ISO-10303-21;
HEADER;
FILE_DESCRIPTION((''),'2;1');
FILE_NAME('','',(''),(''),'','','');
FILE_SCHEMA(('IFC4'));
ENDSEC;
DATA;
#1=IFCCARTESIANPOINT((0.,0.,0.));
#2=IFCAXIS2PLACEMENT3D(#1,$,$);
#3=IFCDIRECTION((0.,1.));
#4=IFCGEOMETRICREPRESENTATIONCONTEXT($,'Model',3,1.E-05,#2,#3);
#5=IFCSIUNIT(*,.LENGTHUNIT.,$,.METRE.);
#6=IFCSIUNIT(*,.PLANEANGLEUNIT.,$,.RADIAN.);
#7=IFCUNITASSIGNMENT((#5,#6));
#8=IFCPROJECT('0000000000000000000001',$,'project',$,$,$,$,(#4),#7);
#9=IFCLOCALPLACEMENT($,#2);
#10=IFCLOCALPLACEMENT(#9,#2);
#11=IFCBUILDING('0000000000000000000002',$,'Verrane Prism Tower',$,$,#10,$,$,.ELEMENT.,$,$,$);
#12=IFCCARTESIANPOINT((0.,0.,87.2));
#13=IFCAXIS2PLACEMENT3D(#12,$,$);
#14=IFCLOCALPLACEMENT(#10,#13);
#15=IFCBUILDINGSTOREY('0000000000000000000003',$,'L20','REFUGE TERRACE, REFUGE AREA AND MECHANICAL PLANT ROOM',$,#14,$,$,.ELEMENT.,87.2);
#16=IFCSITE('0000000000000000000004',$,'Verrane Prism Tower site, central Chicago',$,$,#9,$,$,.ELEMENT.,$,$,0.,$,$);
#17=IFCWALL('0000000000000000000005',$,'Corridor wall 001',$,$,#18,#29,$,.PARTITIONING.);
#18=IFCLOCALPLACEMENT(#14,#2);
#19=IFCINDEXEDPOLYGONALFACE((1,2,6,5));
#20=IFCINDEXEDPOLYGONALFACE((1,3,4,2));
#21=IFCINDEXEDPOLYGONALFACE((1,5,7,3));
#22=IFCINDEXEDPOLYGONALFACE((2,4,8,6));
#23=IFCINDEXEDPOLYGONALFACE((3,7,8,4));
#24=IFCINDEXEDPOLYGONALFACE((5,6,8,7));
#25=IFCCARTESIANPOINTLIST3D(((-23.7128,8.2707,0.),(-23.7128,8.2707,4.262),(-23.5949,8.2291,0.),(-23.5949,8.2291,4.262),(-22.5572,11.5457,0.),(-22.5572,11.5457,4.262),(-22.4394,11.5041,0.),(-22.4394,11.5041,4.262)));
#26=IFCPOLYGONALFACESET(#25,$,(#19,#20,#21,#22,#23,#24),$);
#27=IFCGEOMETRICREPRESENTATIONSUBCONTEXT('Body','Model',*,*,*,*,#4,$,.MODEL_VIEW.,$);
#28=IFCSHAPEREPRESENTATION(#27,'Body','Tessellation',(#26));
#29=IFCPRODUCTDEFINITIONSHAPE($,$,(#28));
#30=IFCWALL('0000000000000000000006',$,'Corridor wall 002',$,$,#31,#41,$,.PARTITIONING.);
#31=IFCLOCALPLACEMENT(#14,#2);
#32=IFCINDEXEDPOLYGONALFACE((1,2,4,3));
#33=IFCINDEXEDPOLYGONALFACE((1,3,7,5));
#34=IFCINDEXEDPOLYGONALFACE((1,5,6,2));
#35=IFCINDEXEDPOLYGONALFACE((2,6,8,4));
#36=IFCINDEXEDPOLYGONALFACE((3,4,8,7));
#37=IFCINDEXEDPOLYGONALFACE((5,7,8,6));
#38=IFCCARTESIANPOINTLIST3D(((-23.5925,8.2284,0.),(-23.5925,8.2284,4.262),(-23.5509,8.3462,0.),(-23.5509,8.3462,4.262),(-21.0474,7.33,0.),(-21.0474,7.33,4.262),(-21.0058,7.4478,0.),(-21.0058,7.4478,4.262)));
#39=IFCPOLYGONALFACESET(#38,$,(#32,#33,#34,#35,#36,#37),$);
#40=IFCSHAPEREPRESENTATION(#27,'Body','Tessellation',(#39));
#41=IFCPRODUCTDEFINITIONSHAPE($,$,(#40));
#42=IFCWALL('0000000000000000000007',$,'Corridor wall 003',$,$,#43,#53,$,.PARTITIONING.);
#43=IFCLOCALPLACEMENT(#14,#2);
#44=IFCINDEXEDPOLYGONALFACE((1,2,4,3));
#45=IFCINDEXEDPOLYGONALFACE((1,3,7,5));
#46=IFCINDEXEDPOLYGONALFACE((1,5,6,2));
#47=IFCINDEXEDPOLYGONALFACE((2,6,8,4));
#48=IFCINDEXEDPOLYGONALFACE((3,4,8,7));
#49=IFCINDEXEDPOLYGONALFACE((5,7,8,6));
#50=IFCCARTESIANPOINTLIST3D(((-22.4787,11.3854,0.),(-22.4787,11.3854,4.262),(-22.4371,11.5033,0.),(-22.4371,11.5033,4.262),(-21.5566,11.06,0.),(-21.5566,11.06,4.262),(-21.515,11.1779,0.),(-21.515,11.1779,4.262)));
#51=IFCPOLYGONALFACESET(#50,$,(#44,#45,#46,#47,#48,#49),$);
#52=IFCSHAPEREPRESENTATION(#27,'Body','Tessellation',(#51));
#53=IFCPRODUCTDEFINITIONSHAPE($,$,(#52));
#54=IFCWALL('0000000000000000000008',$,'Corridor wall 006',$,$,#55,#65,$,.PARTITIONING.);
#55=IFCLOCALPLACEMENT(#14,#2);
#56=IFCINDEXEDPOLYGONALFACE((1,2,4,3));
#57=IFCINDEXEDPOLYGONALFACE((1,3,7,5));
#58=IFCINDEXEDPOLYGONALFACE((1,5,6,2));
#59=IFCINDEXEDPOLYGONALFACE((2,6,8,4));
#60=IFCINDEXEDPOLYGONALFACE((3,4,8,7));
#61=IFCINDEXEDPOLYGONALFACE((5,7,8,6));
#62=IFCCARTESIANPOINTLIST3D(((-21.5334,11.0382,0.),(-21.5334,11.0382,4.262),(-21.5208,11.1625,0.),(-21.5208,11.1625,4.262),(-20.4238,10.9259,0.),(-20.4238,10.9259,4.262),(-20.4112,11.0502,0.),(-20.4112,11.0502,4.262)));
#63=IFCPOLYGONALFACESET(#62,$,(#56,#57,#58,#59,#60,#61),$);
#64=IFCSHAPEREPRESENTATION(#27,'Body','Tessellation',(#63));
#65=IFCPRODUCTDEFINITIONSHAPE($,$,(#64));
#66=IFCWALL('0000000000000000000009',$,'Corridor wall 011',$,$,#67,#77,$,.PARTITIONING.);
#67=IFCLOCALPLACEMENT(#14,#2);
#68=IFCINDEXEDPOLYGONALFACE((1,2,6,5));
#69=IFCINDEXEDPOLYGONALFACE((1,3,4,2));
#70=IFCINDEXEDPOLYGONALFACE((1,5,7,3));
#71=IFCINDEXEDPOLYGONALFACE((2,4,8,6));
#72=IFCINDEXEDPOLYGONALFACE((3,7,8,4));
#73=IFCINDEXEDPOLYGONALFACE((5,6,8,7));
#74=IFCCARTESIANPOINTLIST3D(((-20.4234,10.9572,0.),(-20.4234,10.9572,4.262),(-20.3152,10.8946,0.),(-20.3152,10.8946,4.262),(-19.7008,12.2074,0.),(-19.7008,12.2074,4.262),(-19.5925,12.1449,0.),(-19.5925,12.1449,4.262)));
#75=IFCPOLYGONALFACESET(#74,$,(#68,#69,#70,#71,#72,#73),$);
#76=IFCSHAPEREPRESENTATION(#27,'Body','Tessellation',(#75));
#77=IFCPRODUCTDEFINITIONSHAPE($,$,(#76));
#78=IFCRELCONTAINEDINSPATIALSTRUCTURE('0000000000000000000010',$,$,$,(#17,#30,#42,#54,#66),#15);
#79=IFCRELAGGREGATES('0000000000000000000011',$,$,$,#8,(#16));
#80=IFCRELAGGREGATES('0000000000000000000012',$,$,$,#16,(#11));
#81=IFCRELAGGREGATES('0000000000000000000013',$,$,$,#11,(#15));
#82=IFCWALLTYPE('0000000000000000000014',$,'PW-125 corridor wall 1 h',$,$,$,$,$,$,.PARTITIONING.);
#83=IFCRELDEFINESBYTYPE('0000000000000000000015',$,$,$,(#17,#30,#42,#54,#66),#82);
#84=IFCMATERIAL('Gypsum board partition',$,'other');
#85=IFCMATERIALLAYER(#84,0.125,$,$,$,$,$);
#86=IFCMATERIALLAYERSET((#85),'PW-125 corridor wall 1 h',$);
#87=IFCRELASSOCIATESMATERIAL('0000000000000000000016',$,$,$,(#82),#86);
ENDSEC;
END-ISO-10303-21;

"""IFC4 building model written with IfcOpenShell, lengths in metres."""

from ifc_helpers import new_model, si_unit, direction, frame, frame_2d, origin, place, context, subcontext, project, spatial, rectangle, extrude, material, layer, layer_set, type_object, element, save


model = new_model("IFC4")

# Units and contexts
model_context = context("Model", 3, precision=1e-05, world=origin(), true_north=direction((0.0, 1.0)))
body_context = subcontext(model_context, "Body", "Model", "MODEL_VIEW")
ifc_project = project(units=[si_unit("LENGTHUNIT", "METRE"), si_unit("PLANEANGLEUNIT", "RADIAN")], contexts=[model_context])

# Site, building, storey
site_placement = place(None, origin())
site = spatial("IfcSite", under=ifc_project, at=site_placement, Name="Verrane Prism Tower site, central Chicago", CompositionType="ELEMENT", RefElevation=0.0)
building_placement = place(site_placement, origin())
building = spatial("IfcBuilding", under=site, at=building_placement, Name="Verrane Prism Tower", CompositionType="ELEMENT")
storey_placement = place(building_placement, frame((0.0, 0.0, 87.2)))
storey = spatial("IfcBuildingStorey", under=building, at=storey_placement, Name="L20", Description="REFUGE TERRACE, REFUGE AREA AND MECHANICAL PLANT ROOM", CompositionType="ELEMENT", Elevation=87.2)

# Walls
ifc_material_1 = material(Name="Gypsum board partition", Category="other")
ifc_layer_1 = layer(ifc_material_1, 0.125)
ifc_layer_set_1 = layer_set([ifc_layer_1], Name="PW-125 corridor wall 1 h")
wall_type_1 = type_object("IfcWallType", Name="PW-125 corridor wall 1 h", PredefinedType="PARTITIONING", material=ifc_layer_set_1)
wall_1_placement = place(storey_placement, frame((-23.6538, 8.25, 0.0), z_axis=(0.0, 0.0, 1.0), x_axis=(0.332736, 0.94302, 0.0)))
element("IfcWall", 1, at=wall_1_placement, inside=storey, type_object=wall_type_1, Name="Corridor wall 001", PredefinedType="PARTITIONING", context=body_context, shape_type="SweptSolid", body=[
    extrude(rectangle(XDim=3.4729, YDim=0.125, at=frame_2d((1.7363, 0.0))), origin(), (0.0, 0.0, 1.0), 4.262),
])
wall_2_placement = place(storey_placement, frame((-23.5718, 8.2874, 0.0), z_axis=(0.0, 0.0, 1.0), x_axis=(0.942974, -0.332867, 0.0)))
element("IfcWall", 2, at=wall_2_placement, inside=storey, type_object=wall_type_1, Name="Corridor wall 002", PredefinedType="PARTITIONING", context=body_context, shape_type="SweptSolid", body=[
    extrude(rectangle(XDim=2.699, YDim=0.125, at=frame_2d((1.3496, 0.0))), origin(), (0.0, 0.0, 1.0), 4.262),
])
wall_3_placement = place(storey_placement, frame((-22.4578, 11.4443, 0.0), z_axis=(0.0, 0.0, 1.0), x_axis=(0.942995, -0.332807, 0.0)))
element("IfcWall", 3, at=wall_3_placement, inside=storey, type_object=wall_type_1, Name="Corridor wall 003", PredefinedType="PARTITIONING", context=body_context, shape_type="SweptSolid", body=[
    extrude(rectangle(XDim=0.9778, YDim=0.125, at=frame_2d((0.4888, 0.0))), origin(), (0.0, 0.0, 1.0), 4.262),
])
wall_4_placement = place(storey_placement, frame((-21.5271, 11.1003, 0.0), z_axis=(0.0, 0.0, 1.0), x_axis=(0.994917, -0.100696, 0.0)))
element("IfcWall", 4, at=wall_4_placement, inside=storey, type_object=wall_type_1, Name="Corridor wall 006", PredefinedType="PARTITIONING", context=body_context, shape_type="SweptSolid", body=[
    extrude(rectangle(XDim=1.1152, YDim=0.125, at=frame_2d((0.5576, 0.0))), origin(), (0.0, 0.0, 1.0), 4.262),
])
wall_5_placement = place(storey_placement, frame((-20.3694, 10.9258, 0.0), z_axis=(0.0, 0.0, 1.0), x_axis=(0.50043, 0.865777, 0.0)))
element("IfcWall", 5, at=wall_5_placement, inside=storey, type_object=wall_type_1, Name="Corridor wall 011", PredefinedType="PARTITIONING", context=body_context, shape_type="SweptSolid", body=[
    extrude(rectangle(XDim=1.4441, YDim=0.125, at=frame_2d((0.7222, 0.0))), origin(), (0.0, 0.0, 1.0), 4.262),
])

save(model, "model.ifc")
